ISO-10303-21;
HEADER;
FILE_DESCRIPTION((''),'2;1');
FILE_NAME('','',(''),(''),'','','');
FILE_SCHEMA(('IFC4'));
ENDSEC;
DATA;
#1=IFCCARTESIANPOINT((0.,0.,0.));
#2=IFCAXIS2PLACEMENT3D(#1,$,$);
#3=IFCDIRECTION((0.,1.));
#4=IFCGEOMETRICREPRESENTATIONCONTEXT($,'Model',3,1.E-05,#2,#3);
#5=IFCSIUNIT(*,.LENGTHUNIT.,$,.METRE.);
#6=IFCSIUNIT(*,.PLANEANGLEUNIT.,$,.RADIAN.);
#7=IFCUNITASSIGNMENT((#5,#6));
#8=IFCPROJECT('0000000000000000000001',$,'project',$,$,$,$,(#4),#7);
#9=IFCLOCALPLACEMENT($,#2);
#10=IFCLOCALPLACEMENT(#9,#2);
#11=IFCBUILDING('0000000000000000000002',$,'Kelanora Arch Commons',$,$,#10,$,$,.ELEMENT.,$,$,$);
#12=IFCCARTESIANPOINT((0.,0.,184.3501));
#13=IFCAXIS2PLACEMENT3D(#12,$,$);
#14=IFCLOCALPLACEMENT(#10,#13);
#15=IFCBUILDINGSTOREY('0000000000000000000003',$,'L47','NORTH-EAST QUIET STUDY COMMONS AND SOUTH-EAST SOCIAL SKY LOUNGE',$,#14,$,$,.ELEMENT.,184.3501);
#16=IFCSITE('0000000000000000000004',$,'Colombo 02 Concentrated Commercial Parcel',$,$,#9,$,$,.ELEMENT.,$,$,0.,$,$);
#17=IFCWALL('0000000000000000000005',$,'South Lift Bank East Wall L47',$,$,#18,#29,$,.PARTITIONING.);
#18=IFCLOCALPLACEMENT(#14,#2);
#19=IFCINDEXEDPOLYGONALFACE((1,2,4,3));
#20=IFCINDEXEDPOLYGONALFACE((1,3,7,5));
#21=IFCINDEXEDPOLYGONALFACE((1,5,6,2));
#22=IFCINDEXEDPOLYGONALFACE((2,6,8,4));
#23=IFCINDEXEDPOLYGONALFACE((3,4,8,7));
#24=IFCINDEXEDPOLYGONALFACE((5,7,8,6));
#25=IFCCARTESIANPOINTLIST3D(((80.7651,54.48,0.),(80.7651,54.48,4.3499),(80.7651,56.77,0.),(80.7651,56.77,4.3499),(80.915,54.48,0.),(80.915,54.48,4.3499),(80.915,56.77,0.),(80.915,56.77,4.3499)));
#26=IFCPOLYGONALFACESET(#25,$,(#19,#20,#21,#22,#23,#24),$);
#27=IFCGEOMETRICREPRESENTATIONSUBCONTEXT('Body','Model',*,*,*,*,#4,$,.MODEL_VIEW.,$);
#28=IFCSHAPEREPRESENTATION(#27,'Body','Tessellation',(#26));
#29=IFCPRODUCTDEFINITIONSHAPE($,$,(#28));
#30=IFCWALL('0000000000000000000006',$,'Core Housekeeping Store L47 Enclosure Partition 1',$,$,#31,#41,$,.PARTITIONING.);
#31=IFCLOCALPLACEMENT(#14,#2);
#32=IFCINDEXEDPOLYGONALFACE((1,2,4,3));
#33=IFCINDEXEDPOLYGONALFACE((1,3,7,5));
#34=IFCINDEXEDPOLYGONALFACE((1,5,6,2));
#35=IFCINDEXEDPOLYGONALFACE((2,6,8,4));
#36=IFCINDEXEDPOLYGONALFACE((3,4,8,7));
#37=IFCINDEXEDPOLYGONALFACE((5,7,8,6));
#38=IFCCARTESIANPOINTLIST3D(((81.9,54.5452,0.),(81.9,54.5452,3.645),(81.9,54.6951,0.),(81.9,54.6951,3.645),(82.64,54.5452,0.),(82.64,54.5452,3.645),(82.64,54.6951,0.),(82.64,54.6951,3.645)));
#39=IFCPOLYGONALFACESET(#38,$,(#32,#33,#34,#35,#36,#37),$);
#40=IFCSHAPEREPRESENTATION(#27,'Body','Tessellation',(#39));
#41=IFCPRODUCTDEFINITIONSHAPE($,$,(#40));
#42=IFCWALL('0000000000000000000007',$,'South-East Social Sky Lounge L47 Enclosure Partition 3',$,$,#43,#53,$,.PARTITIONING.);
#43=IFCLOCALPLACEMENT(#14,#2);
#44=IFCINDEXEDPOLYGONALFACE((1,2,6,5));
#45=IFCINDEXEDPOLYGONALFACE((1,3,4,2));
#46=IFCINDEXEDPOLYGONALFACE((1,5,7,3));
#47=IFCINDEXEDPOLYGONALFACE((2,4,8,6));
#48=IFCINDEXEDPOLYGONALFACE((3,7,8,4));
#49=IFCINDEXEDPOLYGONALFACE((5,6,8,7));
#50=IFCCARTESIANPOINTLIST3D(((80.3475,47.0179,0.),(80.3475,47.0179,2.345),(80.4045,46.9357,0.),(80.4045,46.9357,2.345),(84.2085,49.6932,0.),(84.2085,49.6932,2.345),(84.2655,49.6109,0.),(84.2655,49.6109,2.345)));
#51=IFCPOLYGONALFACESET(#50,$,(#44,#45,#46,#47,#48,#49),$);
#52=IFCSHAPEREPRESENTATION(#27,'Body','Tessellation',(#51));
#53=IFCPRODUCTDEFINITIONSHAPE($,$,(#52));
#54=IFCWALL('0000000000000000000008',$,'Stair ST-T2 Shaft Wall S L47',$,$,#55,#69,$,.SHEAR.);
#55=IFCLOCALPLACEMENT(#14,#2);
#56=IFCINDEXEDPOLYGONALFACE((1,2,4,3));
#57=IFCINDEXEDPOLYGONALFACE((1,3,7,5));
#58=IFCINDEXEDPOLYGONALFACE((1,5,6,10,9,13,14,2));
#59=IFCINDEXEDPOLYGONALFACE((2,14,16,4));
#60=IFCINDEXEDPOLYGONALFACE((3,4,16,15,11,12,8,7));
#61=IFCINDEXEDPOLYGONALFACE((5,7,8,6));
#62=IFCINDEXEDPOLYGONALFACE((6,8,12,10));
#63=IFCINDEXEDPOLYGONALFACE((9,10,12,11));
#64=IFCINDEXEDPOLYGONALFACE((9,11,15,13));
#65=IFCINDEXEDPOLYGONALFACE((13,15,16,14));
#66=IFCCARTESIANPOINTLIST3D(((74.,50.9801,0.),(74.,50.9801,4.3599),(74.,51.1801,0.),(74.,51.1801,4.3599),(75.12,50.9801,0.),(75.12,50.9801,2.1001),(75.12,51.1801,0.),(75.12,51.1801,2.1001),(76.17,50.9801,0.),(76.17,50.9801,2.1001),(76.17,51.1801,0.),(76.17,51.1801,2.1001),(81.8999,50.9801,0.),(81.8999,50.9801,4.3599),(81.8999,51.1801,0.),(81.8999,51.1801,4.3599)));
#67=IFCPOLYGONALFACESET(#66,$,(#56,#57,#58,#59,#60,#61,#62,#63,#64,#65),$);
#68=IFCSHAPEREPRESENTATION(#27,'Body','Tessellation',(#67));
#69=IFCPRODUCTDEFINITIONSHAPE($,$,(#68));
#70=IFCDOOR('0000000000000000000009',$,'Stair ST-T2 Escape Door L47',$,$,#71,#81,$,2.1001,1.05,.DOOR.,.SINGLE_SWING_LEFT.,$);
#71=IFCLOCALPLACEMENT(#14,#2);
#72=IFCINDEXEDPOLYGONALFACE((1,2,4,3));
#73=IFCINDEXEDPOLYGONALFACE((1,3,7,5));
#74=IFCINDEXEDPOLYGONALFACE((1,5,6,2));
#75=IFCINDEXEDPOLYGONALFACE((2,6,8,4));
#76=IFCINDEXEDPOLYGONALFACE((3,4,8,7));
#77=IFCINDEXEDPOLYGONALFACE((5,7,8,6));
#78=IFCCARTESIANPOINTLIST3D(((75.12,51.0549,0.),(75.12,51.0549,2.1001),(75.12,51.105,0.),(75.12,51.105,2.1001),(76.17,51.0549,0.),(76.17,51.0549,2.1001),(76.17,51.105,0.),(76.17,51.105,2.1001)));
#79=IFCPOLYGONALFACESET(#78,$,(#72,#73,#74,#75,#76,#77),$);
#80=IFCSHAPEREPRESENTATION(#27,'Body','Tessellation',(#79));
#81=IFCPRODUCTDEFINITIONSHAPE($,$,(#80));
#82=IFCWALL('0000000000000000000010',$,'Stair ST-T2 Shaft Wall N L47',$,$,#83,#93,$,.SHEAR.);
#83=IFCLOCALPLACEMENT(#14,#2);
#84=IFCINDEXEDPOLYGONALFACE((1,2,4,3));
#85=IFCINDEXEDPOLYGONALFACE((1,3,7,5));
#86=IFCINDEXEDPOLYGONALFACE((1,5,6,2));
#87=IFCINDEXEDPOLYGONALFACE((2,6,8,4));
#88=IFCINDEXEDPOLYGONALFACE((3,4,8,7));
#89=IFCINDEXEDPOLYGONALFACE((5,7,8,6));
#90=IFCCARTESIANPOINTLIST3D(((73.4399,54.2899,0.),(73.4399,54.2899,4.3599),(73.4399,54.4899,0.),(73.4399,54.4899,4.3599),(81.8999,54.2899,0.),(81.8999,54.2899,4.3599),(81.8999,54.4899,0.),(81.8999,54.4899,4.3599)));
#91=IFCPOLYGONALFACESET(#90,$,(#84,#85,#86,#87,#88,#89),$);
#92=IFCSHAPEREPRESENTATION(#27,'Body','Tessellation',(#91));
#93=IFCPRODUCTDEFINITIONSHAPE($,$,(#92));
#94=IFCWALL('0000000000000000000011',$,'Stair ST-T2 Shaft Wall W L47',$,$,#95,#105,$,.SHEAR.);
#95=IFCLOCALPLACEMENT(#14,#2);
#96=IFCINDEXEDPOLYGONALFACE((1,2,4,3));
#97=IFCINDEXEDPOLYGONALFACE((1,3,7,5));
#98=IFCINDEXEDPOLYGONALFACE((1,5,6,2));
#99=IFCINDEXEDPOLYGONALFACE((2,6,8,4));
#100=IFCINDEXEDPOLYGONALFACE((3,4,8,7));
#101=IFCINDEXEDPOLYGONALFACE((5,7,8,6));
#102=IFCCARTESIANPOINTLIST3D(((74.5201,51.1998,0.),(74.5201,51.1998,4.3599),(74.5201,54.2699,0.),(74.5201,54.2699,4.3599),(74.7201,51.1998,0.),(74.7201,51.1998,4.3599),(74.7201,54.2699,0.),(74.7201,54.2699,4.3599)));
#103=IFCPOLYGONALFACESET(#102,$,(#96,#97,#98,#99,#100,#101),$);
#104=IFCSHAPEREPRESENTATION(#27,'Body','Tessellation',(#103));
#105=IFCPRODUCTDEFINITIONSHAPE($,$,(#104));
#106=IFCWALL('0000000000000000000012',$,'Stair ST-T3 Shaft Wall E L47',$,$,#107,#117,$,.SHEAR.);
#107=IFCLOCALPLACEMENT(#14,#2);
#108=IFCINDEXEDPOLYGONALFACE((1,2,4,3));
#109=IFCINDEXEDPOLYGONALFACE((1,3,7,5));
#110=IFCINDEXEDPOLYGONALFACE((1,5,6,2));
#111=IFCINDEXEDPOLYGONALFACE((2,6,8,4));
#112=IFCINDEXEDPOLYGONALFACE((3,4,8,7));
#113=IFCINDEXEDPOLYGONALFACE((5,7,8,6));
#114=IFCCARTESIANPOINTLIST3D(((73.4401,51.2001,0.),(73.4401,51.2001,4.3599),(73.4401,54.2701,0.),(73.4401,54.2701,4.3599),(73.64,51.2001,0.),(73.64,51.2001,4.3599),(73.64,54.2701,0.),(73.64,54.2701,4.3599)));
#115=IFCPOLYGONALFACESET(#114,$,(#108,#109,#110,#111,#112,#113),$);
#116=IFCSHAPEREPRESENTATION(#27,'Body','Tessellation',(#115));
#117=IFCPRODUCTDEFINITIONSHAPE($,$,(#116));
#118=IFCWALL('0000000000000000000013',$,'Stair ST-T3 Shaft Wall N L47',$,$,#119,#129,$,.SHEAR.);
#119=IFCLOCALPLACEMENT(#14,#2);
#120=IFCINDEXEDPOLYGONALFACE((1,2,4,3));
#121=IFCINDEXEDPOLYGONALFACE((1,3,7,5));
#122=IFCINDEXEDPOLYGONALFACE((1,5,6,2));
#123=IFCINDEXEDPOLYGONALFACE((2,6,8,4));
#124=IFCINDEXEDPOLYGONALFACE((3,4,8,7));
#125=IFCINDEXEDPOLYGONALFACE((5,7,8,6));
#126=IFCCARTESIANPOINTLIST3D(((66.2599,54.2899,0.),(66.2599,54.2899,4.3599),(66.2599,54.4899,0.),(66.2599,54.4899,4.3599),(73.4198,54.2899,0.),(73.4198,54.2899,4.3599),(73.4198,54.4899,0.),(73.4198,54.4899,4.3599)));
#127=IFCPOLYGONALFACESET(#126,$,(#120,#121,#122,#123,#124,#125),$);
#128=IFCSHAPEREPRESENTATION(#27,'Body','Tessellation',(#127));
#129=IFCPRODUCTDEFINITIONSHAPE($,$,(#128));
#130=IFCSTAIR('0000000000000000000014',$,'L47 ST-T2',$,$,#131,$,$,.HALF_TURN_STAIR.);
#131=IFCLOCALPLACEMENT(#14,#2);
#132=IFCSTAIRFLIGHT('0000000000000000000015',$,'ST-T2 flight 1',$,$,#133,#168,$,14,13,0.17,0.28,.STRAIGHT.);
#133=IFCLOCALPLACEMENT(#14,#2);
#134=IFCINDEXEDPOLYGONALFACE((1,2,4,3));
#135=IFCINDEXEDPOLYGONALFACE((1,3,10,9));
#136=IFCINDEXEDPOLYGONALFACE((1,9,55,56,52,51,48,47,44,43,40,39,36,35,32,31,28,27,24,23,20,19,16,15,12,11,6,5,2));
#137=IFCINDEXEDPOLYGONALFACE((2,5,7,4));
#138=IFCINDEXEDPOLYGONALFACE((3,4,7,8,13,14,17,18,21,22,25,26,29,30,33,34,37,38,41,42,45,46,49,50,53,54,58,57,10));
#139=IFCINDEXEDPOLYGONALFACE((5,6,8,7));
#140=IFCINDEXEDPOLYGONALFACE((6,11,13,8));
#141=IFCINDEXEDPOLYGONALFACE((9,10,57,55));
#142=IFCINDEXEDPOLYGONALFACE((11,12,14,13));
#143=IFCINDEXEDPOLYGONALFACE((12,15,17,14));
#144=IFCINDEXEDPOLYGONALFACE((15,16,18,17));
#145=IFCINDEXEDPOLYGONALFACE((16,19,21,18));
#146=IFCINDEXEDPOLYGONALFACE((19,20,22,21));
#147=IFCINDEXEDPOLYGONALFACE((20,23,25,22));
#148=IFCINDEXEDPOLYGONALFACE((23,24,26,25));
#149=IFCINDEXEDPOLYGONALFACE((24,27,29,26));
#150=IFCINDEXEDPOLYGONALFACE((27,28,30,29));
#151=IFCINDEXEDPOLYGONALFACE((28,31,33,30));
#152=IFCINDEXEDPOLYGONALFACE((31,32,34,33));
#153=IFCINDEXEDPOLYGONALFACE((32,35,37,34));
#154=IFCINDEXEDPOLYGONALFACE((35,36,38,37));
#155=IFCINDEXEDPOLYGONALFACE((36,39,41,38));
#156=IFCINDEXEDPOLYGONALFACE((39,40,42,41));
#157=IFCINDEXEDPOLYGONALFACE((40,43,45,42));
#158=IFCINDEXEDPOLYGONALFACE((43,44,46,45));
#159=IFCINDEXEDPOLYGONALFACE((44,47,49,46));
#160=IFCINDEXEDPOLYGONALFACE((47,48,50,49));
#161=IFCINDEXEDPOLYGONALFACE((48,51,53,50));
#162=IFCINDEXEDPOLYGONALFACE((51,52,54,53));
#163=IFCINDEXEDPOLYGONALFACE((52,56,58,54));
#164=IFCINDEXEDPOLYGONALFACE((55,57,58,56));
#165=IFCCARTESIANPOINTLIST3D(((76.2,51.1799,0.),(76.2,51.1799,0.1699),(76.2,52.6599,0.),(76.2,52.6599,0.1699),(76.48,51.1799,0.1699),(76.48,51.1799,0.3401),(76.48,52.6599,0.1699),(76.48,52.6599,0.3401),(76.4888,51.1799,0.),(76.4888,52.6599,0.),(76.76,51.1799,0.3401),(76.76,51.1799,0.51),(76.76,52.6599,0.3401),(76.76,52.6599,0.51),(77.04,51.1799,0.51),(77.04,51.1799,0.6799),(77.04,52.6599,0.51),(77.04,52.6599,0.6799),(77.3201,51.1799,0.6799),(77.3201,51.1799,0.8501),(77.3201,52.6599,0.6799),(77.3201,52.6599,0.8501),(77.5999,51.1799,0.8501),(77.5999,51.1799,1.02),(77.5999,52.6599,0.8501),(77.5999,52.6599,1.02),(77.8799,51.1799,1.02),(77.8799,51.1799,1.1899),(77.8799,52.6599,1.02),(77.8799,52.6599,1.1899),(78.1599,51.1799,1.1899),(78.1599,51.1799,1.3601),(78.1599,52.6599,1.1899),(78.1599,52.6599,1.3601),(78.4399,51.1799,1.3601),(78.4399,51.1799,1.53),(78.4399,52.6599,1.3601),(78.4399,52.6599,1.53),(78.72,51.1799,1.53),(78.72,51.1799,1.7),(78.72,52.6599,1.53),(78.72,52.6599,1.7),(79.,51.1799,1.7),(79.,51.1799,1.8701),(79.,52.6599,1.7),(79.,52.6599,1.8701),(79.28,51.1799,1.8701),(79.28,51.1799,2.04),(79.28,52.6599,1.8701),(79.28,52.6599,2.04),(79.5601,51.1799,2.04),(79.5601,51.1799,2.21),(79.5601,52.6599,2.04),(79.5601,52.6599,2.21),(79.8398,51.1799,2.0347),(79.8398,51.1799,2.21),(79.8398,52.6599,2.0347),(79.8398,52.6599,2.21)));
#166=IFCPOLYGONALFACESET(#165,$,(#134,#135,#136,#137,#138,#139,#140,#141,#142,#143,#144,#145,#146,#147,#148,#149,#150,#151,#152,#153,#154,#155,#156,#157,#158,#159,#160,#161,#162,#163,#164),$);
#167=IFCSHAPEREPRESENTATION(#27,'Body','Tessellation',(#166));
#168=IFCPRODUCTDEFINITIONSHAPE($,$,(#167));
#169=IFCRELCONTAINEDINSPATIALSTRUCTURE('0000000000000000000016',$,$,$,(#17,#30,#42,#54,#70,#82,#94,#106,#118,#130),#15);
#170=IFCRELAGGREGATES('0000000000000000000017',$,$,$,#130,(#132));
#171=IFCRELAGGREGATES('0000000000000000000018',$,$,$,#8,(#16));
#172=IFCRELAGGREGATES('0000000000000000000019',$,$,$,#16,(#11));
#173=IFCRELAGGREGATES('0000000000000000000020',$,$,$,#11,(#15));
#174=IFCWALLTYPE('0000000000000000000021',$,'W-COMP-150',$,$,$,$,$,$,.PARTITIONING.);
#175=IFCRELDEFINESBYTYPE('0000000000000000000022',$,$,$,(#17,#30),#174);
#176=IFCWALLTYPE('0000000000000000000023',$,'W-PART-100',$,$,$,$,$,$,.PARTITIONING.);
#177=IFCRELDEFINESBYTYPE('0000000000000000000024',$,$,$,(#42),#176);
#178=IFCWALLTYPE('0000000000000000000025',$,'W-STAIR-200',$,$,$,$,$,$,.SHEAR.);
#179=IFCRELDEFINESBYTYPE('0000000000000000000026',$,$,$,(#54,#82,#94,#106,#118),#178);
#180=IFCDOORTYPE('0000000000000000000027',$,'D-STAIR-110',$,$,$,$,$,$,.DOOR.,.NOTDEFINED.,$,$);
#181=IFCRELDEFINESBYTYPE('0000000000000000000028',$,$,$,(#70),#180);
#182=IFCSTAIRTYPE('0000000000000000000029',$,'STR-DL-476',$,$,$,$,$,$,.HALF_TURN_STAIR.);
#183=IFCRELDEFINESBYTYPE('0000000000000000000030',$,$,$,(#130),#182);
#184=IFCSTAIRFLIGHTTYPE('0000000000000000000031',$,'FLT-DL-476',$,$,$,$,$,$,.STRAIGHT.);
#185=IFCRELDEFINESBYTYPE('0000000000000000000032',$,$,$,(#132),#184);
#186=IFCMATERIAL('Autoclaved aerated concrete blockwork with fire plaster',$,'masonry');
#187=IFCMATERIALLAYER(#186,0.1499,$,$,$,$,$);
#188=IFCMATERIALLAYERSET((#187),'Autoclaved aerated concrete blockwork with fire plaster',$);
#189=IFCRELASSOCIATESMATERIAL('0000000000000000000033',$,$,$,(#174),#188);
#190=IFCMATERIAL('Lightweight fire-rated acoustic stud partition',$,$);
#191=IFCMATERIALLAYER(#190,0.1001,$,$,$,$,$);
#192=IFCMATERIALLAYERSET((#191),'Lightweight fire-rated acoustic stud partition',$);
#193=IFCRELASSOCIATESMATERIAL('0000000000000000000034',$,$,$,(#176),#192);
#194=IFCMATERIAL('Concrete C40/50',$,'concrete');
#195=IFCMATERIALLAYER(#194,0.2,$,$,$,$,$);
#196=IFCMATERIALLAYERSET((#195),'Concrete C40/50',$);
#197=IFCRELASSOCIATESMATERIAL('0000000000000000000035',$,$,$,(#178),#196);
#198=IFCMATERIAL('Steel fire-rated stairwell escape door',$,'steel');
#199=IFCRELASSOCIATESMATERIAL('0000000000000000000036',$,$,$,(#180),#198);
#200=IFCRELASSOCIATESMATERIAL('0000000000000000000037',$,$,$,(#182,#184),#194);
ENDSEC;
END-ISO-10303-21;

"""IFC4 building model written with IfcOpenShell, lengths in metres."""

from ifc_helpers import new_model, si_unit, direction, frame, frame_2d, origin, place, context, subcontext, project, spatial, polyline, rectangle, outline, extrude, material, layer, layer_set, type_object, element, fill, aggregate, save


model = new_model("IFC4")

# Units and contexts
model_context = context("Model", 3, precision=1e-05, world=origin(), true_north=direction((0.0, 1.0)))
body_context = subcontext(model_context, "Body", "Model", "MODEL_VIEW")
ifc_project = project(units=[si_unit("LENGTHUNIT", "METRE"), si_unit("PLANEANGLEUNIT", "RADIAN")], contexts=[model_context])

# Site, building, storey
site_placement = place(None, origin())
site = spatial("IfcSite", under=ifc_project, at=site_placement, Name="Colombo 02 Concentrated Commercial Parcel", CompositionType="ELEMENT", RefElevation=0.0)
building_placement = place(site_placement, origin())
building = spatial("IfcBuilding", under=site, at=building_placement, Name="Kelanora Arch Commons", CompositionType="ELEMENT")
storey_placement = place(building_placement, frame((0.0, 0.0, 184.3501)))
storey = spatial("IfcBuildingStorey", under=building, at=storey_placement, Name="L47", Description="NORTH-EAST QUIET STUDY COMMONS AND SOUTH-EAST SOCIAL SKY LOUNGE", CompositionType="ELEMENT", Elevation=184.3501)

# Walls
ifc_material_1 = material(Name="Autoclaved aerated concrete blockwork with fire plaster", Category="masonry")
ifc_layer_1 = layer(ifc_material_1, 0.1499)
ifc_layer_set_1 = layer_set([ifc_layer_1], Name="Autoclaved aerated concrete blockwork with fire plaster")
wall_type_1 = type_object("IfcWallType", Name="W-COMP-150", PredefinedType="PARTITIONING", material=ifc_layer_set_1)
wall_1_placement = place(storey_placement, frame((80.8401, 54.48, 0.0), z_axis=(0.0, 0.0, 1.0), x_axis=(0.0, 1.0, 0.0)))
element("IfcWall", 1, at=wall_1_placement, inside=storey, type_object=wall_type_1, Name="South Lift Bank East Wall L47", PredefinedType="PARTITIONING", context=body_context, shape_type="SweptSolid", body=[
    extrude(rectangle(XDim=2.29, YDim=0.1499, at=frame_2d((1.145, 0.0))), origin(), (0.0, 0.0, 1.0), 4.3499),
])
wall_2_placement = place(storey_placement, frame((81.8999, 54.6201, 0.0), z_axis=(0.0, 0.0, 1.0), x_axis=(1.0, 0.0, 0.0)))
element("IfcWall", 2, at=wall_2_placement, inside=storey, type_object=wall_type_1, Name="Core Housekeeping Store L47 Enclosure Partition 1", PredefinedType="PARTITIONING", context=body_context, shape_type="SweptSolid", body=[
    extrude(rectangle(XDim=0.74, YDim=0.1499, at=frame_2d((0.3701, 0.0))), origin(), (0.0, 0.0, 1.0), 3.645),
])
ifc_material_2 = material(Name="Lightweight fire-rated acoustic stud partition")
ifc_layer_2 = layer(ifc_material_2, 0.1001)
ifc_layer_set_2 = layer_set([ifc_layer_2], Name="Lightweight fire-rated acoustic stud partition")
wall_type_2 = type_object("IfcWallType", Name="W-PART-100", PredefinedType="PARTITIONING", material=ifc_layer_set_2)
wall_3_placement = place(storey_placement, frame((80.376, 46.9768, 0.0), z_axis=(0.0, 0.0, 1.0), x_axis=(0.821969, 0.569532, 0.0)))
element("IfcWall", 3, at=wall_3_placement, inside=storey, type_object=wall_type_2, Name="South-East Social Sky Lounge L47 Enclosure Partition 3", PredefinedType="PARTITIONING", context=body_context, shape_type="SweptSolid", body=[
    extrude(rectangle(XDim=4.6973, YDim=0.1001, at=frame_2d((2.3486, 0.0))), origin(), (0.0, 0.0, 1.0), 2.345),
])

# Wall, opening, door
ifc_material_3 = material(Name="Concrete C40/50", Category="concrete")
ifc_layer_3 = layer(ifc_material_3, 0.2)
ifc_layer_set_3 = layer_set([ifc_layer_3], Name="Concrete C40/50")
wall_type_3 = type_object("IfcWallType", Name="W-STAIR-200", PredefinedType="SHEAR", material=ifc_layer_set_3)
wall_4_placement = place(storey_placement, frame((74.0, 51.0801, 0.0), z_axis=(0.0, 0.0, 1.0), x_axis=(1.0, 0.0, 0.0)))
wall_4 = element("IfcWall", 4, at=wall_4_placement, inside=storey, type_object=wall_type_3, Name="Stair ST-T2 Shaft Wall S L47", PredefinedType="SHEAR", context=body_context, shape_type="SweptSolid", body=[
    extrude(rectangle(XDim=7.8999, YDim=0.2, at=frame_2d((3.95, 0.0))), origin(), (0.0, 0.0, 1.0), 4.3599),
])
opening_placement = place(wall_4_placement, frame((1.1201, 0.0, 0.0)))
opening = element("IfcOpeningElement", 5, at=opening_placement, cuts=wall_4, PredefinedType="OPENING", context=body_context, shape_type="SweptSolid", body=[
    extrude(rectangle(XDim=1.05, YDim=2.1001, at=frame_2d((0.5249, 1.05))), frame((0.0, 0.1099, 0.0), z_axis=(0.0, -1.0, 0.0), x_axis=(1.0, 0.0, 0.0)), (0.0, 0.0, 1.0), 0.22),
])
ifc_material_4 = material(Name="Steel fire-rated stairwell escape door", Category="steel")
door_type = type_object("IfcDoorType", Name="D-STAIR-110", OperationType="NOTDEFINED", PredefinedType="DOOR", material=ifc_material_4)
door_placement = place(opening_placement, origin())
door = element("IfcDoor", 6, at=door_placement, inside=storey, type_object=door_type, Name="Stair ST-T2 Escape Door L47", OperationType="SINGLE_SWING_LEFT", OverallHeight=2.1001, OverallWidth=1.05, PredefinedType="DOOR", context=body_context, shape_type="SweptSolid", body=[
    extrude(rectangle(XDim=1.05, YDim=2.1001, at=frame_2d((0.5249, 1.05))), frame((0.0, 0.0249, 0.0), z_axis=(0.0, -1.0, 0.0), x_axis=(1.0, 0.0, 0.0)), (0.0, 0.0, 1.0), 0.05),
])
fill(opening, door)

# Walls
wall_5_placement = place(storey_placement, frame((81.8999, 54.3899, 0.0), z_axis=(0.0, 0.0, 1.0), x_axis=(-1.0, 0.0, 0.0)))
element("IfcWall", 7, at=wall_5_placement, inside=storey, type_object=wall_type_3, Name="Stair ST-T2 Shaft Wall N L47", PredefinedType="SHEAR", context=body_context, shape_type="SweptSolid", body=[
    extrude(rectangle(XDim=8.46, YDim=0.2, at=frame_2d((4.23, 0.0))), origin(), (0.0, 0.0, 1.0), 4.3599),
])
for number, where, z_axis, x_axis, name in (
    (8, (74.6201, 54.27, 0.0), (0.0, 0.0, 1.0), (0.0, -1.0, 0.0), "Stair ST-T2 Shaft Wall W L47"),
    (9, (73.54, 51.2, 0.0), (0.0, 0.0, 1.0), (0.0, 1.0, 0.0), "Stair ST-T3 Shaft Wall E L47"),
):
    element("IfcWall", number, at=place(storey_placement, frame(where, z_axis=z_axis, x_axis=x_axis)), inside=storey, type_object=wall_type_3, Name=name, PredefinedType="SHEAR", context=body_context, shape_type="SweptSolid", body=[
        extrude(rectangle(XDim=3.0701, YDim=0.2, at=frame_2d((1.5352, 0.0))), origin(), (0.0, 0.0, 1.0), 4.3599),
    ])
wall_6_placement = place(storey_placement, frame((73.4199, 54.3899, 0.0), z_axis=(0.0, 0.0, 1.0), x_axis=(-1.0, 0.0, 0.0)))
element("IfcWall", 10, at=wall_6_placement, inside=storey, type_object=wall_type_3, Name="Stair ST-T3 Shaft Wall N L47", PredefinedType="SHEAR", context=body_context, shape_type="SweptSolid", body=[
    extrude(rectangle(XDim=7.1599, YDim=0.2, at=frame_2d((3.5801, 0.0))), origin(), (0.0, 0.0, 1.0), 4.3599),
])

# Stair, stair flight
stair_type = type_object("IfcStairType", Name="STR-DL-476", PredefinedType="HALF_TURN_STAIR", material=ifc_material_3)
stair_placement = place(storey_placement, origin())
stair = element("IfcStair", 11, at=stair_placement, inside=storey, type_object=stair_type, Name="L47 ST-T2", PredefinedType="HALF_TURN_STAIR")
stair_flight_type = type_object("IfcStairFlightType", Name="FLT-DL-476", PredefinedType="STRAIGHT", material=ifc_material_3)
stair_flight_1_placement = place(storey_placement, frame((76.2, 51.9199, 0.0), z_axis=(0.0, 0.0, 1.0), x_axis=(1.0, 0.0, 0.0)))
stair_flight_1 = element("IfcStairFlight", 12, at=stair_flight_1_placement, type_object=stair_flight_type, Name="ST-T2 flight 1", NumberOfRisers=14, NumberOfTreads=13, PredefinedType="STRAIGHT", RiserHeight=0.17, TreadLength=0.28, context=body_context, shape_type="SweptSolid", body=[
    extrude(outline(polyline([(0.0, 0.0), (0.0, 0.1699), (0.28, 0.1699), (0.28, 0.3401), (0.5601, 0.3401), (0.5601, 0.51), (0.8401, 0.51), (0.8401, 0.6799), (1.1201, 0.6799), (1.1201, 0.8501), (1.3999, 0.8501), (1.3999, 1.02), (1.6799, 1.02), (1.6799, 1.1899), (1.96, 1.1899), (1.96, 1.3601), (2.24, 1.3601), (2.24, 1.53), (2.52, 1.53), (2.52, 1.7), (2.8, 1.7), (2.8, 1.8701), (3.0801, 1.8701), (3.0801, 2.04), (3.3601, 2.04), (3.3601, 2.21), (3.6399, 2.21), (3.6399, 2.3799), (3.6399, 2.0347), (0.2888, 0.0), (0.0, 0.0)])), frame((0.0, 0.74, 0.0), z_axis=(0.0, -1.0, 0.0), x_axis=(1.0, 0.0, 0.0)), (0.0, 0.0, 1.0), 1.48),
])
aggregate(stair, [stair_flight_1])

save(model, "model.ifc")
